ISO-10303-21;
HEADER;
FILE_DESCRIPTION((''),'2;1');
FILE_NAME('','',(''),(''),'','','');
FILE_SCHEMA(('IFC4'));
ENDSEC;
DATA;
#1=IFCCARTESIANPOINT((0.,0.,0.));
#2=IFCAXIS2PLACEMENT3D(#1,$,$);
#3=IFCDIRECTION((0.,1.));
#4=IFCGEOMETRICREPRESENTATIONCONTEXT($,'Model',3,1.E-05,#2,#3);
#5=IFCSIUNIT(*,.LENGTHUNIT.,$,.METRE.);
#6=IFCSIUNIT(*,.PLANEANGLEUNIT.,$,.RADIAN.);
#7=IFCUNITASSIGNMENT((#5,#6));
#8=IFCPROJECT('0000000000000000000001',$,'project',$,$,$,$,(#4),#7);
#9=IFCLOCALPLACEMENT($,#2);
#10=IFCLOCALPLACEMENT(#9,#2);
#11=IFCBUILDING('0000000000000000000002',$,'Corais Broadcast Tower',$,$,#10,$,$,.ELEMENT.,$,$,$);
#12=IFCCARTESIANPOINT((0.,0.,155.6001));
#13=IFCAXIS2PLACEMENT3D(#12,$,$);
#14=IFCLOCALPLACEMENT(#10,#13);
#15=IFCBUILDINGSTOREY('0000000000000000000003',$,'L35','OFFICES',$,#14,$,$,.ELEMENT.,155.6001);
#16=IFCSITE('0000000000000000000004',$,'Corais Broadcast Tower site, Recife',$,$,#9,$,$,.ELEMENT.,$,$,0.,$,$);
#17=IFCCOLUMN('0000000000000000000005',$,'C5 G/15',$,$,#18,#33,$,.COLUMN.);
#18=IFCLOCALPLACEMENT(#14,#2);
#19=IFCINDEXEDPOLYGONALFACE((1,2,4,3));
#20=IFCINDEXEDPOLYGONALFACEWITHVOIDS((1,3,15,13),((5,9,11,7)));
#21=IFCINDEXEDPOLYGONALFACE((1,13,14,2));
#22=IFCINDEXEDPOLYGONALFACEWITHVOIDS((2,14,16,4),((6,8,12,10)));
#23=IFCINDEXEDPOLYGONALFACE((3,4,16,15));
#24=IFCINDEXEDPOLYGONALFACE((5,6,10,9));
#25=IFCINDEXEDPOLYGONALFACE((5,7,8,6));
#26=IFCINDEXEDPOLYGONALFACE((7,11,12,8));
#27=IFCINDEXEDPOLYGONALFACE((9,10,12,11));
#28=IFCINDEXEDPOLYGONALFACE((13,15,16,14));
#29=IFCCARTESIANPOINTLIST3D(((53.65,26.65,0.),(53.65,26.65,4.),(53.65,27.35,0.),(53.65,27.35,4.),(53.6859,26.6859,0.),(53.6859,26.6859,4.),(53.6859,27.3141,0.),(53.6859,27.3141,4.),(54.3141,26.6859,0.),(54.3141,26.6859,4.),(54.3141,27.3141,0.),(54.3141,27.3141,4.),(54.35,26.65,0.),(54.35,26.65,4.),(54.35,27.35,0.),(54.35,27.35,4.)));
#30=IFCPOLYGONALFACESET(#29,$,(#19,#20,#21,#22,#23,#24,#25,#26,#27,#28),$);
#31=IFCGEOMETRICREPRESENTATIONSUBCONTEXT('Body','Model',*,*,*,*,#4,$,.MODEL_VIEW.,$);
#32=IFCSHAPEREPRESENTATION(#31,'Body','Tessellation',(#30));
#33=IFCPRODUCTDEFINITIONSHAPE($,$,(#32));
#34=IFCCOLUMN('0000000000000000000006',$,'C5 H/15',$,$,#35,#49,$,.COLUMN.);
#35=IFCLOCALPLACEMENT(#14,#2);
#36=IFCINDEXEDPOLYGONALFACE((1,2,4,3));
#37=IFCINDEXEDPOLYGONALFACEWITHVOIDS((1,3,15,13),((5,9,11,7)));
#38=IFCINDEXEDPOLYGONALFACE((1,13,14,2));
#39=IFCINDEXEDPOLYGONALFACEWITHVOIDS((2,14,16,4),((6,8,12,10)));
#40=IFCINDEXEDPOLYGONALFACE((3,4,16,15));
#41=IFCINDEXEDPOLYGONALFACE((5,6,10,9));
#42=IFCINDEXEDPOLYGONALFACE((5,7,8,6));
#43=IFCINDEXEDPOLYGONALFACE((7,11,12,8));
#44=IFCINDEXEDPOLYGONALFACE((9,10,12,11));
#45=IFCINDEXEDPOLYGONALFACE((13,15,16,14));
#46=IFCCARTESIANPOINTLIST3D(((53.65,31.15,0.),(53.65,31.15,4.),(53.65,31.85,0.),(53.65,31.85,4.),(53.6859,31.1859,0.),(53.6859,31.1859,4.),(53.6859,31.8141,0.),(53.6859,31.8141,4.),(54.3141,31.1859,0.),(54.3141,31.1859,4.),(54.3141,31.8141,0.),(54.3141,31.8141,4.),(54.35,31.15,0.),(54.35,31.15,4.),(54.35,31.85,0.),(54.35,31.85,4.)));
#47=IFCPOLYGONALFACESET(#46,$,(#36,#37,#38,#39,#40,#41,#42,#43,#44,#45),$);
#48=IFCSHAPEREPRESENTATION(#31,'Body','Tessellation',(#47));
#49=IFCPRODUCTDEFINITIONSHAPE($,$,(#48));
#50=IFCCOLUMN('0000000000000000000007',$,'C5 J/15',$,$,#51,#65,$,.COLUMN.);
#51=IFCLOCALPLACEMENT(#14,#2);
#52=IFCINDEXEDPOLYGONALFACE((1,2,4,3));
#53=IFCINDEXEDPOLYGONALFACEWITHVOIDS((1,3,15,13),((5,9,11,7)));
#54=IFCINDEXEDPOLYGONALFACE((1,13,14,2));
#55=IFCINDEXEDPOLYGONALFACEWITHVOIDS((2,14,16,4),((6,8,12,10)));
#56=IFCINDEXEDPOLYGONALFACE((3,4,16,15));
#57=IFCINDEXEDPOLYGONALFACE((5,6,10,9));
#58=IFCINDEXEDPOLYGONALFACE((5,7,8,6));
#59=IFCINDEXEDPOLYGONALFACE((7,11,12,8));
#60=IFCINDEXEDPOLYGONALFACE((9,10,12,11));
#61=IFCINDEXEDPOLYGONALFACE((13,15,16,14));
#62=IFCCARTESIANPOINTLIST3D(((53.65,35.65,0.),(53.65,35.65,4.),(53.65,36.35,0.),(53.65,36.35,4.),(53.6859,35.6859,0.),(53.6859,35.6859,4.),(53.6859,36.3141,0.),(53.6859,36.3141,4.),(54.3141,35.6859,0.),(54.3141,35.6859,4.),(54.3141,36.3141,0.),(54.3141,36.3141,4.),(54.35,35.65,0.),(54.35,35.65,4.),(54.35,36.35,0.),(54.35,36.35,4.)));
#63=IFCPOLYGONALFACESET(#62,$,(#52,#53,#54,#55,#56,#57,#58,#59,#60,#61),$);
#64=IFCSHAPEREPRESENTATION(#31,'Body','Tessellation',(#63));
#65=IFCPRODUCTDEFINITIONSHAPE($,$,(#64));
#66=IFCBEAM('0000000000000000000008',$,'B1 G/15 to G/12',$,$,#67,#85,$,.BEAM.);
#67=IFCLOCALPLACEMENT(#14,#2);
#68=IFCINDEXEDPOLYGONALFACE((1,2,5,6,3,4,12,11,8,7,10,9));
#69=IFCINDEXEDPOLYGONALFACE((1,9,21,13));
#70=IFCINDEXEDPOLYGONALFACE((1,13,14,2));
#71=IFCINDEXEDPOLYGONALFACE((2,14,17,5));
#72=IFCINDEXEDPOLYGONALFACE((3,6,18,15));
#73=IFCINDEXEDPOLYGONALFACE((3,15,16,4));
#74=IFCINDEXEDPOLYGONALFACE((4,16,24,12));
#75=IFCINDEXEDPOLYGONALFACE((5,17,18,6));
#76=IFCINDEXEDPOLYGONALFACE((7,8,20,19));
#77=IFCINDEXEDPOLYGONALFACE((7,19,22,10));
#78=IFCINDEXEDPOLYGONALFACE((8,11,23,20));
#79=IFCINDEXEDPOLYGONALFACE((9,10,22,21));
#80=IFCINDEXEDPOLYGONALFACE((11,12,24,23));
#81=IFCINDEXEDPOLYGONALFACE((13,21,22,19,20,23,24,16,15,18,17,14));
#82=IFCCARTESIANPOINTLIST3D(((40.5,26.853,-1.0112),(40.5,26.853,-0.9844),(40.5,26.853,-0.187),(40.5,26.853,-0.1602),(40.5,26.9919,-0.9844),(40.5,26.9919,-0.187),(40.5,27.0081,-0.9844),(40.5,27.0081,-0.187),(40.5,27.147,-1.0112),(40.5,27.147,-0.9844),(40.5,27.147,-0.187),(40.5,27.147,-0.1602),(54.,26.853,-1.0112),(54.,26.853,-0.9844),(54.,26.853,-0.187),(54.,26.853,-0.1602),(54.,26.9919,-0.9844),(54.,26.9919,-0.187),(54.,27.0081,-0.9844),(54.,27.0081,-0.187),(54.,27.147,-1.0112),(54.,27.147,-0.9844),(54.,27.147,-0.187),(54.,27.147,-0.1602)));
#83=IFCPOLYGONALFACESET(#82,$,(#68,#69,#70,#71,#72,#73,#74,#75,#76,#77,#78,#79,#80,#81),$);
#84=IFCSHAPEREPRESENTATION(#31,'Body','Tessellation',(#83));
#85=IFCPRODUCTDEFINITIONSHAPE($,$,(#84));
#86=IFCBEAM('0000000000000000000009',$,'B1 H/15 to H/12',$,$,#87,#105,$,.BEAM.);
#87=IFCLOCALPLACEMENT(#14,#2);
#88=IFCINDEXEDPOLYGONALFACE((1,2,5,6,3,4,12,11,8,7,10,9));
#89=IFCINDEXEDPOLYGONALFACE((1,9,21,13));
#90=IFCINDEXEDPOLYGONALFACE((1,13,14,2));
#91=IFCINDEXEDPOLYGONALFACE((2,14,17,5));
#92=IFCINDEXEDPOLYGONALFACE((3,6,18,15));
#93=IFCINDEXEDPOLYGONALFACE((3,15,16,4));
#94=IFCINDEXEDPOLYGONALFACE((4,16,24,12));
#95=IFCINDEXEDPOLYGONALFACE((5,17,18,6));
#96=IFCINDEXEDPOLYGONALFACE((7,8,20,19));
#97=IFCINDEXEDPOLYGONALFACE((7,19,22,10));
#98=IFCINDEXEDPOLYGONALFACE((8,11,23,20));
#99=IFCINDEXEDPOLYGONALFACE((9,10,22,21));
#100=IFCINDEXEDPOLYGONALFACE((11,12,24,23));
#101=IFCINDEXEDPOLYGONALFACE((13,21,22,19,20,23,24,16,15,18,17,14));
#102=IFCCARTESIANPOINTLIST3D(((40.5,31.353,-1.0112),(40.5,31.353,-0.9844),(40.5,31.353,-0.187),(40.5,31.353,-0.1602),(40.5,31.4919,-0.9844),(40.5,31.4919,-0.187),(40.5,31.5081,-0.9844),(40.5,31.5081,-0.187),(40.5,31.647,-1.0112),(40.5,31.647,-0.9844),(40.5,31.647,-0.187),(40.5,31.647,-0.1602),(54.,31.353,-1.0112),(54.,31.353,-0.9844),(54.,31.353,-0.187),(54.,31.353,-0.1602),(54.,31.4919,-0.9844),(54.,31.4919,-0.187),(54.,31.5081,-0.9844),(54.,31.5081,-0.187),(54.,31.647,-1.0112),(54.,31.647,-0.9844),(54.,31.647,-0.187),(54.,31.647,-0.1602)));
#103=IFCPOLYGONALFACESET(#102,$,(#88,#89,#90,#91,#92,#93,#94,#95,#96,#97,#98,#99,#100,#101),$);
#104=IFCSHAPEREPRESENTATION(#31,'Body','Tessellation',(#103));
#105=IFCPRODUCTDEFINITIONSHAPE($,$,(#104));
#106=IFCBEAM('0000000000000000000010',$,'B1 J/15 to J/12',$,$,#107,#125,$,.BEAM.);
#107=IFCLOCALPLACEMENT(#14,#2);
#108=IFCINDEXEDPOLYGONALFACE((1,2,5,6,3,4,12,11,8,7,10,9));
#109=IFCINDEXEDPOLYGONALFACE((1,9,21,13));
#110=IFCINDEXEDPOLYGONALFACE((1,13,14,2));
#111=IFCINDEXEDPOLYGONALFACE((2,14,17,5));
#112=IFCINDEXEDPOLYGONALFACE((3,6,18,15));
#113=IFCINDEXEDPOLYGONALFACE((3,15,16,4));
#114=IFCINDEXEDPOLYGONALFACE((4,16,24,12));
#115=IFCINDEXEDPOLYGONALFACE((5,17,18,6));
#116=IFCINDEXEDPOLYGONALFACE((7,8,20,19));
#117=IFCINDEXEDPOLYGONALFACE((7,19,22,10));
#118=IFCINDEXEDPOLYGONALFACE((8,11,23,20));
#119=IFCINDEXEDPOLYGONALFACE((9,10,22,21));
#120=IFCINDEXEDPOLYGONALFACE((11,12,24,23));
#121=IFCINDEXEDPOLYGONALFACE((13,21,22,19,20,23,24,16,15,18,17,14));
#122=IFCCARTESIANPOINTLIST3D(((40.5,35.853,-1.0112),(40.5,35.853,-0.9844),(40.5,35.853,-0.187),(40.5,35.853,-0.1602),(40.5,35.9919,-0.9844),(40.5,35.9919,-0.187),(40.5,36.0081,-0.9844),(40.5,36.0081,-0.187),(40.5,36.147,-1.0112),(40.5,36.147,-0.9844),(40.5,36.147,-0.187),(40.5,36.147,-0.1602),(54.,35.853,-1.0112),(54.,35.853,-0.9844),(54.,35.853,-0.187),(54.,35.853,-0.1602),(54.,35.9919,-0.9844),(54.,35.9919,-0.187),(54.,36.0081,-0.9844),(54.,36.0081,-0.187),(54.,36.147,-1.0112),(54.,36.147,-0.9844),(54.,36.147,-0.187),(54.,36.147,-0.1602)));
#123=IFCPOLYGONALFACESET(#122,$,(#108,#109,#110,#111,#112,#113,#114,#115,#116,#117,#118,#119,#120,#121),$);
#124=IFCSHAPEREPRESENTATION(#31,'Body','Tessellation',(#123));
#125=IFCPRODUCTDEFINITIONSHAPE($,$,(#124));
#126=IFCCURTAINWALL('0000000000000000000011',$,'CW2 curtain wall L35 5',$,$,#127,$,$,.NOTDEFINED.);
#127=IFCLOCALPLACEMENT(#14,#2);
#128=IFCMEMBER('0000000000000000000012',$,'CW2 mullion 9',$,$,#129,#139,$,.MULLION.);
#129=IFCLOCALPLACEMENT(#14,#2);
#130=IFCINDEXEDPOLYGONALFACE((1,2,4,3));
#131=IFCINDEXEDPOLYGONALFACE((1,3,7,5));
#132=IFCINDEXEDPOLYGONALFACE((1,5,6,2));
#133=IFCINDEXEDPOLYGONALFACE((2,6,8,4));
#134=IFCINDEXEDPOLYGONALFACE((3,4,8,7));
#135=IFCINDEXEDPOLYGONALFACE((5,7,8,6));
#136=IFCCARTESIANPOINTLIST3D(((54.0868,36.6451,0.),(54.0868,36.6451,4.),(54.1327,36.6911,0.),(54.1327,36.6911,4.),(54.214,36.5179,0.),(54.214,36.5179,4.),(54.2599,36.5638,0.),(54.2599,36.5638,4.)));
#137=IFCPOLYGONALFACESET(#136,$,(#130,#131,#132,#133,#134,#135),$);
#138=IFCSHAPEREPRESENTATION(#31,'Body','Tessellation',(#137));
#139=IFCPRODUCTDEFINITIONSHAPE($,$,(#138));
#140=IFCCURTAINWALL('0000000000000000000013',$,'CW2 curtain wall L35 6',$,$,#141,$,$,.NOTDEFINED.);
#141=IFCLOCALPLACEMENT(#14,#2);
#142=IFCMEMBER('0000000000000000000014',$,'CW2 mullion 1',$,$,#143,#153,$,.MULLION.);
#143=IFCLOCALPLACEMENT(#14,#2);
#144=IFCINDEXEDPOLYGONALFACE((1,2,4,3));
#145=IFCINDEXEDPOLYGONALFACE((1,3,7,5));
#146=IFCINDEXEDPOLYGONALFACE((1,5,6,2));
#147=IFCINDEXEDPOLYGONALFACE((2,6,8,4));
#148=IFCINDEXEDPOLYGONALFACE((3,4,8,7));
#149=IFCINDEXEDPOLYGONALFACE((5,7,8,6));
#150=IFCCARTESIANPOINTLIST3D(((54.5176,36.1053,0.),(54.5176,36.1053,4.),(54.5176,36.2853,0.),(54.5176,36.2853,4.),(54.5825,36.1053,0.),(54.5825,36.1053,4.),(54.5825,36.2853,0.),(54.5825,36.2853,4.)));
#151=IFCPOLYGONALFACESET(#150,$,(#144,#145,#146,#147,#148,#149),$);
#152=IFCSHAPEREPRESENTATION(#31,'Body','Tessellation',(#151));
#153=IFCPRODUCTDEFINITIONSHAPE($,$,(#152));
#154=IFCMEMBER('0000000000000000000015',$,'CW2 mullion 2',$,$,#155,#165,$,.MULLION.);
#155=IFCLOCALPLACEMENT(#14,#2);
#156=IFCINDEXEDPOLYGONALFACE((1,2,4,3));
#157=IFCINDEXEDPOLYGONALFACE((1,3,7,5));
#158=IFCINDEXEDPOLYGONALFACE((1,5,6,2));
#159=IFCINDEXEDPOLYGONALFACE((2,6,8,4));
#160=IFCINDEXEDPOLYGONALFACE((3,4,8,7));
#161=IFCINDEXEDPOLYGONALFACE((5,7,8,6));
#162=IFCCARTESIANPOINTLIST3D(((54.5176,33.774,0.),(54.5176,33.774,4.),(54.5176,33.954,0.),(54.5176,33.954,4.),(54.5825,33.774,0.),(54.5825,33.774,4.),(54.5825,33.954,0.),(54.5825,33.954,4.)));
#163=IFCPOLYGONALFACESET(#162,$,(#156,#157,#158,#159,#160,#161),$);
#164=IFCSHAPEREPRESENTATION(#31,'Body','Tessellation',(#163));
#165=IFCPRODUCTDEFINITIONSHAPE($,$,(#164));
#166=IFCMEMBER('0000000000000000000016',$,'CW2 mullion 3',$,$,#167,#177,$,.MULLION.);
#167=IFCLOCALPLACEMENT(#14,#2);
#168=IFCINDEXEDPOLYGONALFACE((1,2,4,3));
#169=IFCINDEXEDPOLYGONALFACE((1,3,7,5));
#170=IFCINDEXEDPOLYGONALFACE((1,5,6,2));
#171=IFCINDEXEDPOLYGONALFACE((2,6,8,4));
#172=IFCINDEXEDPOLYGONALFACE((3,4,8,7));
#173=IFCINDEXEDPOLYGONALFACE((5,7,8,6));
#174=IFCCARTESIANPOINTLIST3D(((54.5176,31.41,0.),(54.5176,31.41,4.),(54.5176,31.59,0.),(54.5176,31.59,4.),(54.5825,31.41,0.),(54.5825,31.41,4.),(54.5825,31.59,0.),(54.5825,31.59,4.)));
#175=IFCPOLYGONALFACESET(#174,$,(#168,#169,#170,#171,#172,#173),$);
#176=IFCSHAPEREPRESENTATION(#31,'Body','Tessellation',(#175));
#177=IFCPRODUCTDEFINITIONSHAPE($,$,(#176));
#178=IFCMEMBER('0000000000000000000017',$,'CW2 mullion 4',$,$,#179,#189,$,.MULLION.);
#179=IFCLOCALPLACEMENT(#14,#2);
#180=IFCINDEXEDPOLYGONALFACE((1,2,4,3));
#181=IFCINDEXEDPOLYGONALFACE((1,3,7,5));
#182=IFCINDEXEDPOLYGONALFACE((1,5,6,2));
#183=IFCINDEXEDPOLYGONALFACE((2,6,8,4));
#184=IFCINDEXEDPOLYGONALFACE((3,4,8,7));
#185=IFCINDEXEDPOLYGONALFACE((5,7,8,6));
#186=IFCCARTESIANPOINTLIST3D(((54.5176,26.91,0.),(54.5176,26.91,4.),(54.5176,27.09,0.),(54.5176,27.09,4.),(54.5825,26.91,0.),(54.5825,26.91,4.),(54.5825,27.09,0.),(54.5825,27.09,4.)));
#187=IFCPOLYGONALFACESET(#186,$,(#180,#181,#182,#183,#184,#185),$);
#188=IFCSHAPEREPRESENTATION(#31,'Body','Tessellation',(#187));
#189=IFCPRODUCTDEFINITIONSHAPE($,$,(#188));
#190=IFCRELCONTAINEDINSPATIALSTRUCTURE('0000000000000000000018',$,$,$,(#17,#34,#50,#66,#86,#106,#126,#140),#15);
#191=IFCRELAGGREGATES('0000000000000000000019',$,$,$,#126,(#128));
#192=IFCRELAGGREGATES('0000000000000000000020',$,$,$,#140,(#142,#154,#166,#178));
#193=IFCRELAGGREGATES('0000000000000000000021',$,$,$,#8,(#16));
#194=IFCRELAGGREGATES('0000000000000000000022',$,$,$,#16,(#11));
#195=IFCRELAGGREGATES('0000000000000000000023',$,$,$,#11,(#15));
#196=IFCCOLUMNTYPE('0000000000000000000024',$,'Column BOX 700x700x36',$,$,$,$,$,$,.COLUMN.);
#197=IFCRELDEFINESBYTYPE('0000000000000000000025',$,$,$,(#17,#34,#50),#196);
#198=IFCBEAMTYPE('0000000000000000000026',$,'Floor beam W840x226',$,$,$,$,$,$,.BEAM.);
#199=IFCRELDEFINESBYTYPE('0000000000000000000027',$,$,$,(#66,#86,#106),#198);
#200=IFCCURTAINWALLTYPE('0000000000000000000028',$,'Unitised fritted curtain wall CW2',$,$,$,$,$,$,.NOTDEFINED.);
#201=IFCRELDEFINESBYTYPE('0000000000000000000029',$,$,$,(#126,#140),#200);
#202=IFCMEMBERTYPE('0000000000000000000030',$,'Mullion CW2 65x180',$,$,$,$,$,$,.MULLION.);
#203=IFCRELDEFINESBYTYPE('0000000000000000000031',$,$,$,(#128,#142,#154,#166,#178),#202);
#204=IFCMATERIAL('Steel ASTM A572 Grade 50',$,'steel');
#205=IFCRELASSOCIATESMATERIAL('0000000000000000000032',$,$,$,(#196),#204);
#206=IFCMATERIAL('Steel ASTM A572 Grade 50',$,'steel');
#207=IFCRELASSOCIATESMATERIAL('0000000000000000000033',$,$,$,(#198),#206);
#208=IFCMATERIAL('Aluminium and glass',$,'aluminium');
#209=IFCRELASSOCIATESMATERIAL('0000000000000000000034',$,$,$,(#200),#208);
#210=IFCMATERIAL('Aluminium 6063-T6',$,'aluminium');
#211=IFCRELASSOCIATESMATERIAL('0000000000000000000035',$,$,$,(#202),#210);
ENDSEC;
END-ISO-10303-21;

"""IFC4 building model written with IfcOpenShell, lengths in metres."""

from ifc_helpers import new_model, si_unit, direction, frame, origin, origin_2d, place, context, subcontext, project, spatial, rectangle, hollow_rectangle, i_section, extrude, material, material_profile, profile_set, type_object, element, aggregate, save


model = new_model("IFC4")

# Units and contexts
model_context = context("Model", 3, precision=1e-05, world=origin(), true_north=direction((0.0, 1.0)))
body_context = subcontext(model_context, "Body", "Model", "MODEL_VIEW")
ifc_project = project(units=[si_unit("LENGTHUNIT", "METRE"), si_unit("PLANEANGLEUNIT", "RADIAN")], contexts=[model_context])

# Site, building, storey
site_placement = place(None, origin())
site = spatial("IfcSite", under=ifc_project, at=site_placement, Name="Corais Broadcast Tower site, Recife", CompositionType="ELEMENT", RefElevation=0.0)
building_placement = place(site_placement, origin())
building = spatial("IfcBuilding", under=site, at=building_placement, Name="Corais Broadcast Tower", CompositionType="ELEMENT")
storey_placement = place(building_placement, frame((0.0, 0.0, 155.6001)))
storey = spatial("IfcBuildingStorey", under=building, at=storey_placement, Name="L35", Description="OFFICES", CompositionType="ELEMENT", Elevation=155.6001)

# Columns
ifc_material_1 = material(Name="Steel ASTM A572 Grade 50", Category="steel")
ifc_material_profile_1 = material_profile(ifc_material_1, hollow_rectangle(XDim=0.7, YDim=0.7, WallThickness=0.0359, at=origin_2d()), Name="BOX 700x700x36")
ifc_profile_set_1 = profile_set([ifc_material_profile_1], Name="Steel ASTM A572 Grade 50")
column_type = type_object("IfcColumnType", Name="Column BOX 700x700x36", PredefinedType="COLUMN", material=ifc_profile_set_1)
for number, where, z_axis, x_axis, name in (
    (1, (54.0, 27.0, 0.0), (0.0, 0.0, 1.0), (1.0, 0.0, 0.0), "C5 G/15"),
    (2, (54.0, 31.5, 0.0), (0.0, 0.0, 1.0), (1.0, 0.0, 0.0), "C5 H/15"),
    (3, (54.0, 36.0, 0.0), (0.0, 0.0, 1.0), (1.0, 0.0, 0.0), "C5 J/15"),
):
    element("IfcColumn", number, at=place(storey_placement, frame(where, z_axis=z_axis, x_axis=x_axis)), inside=storey, type_object=column_type, Name=name, PredefinedType="COLUMN", context=body_context, shape_type="SweptSolid", body=[
        extrude(hollow_rectangle(XDim=0.7, YDim=0.7, WallThickness=0.0359, at=origin_2d()), origin(), (0.0, 0.0, 1.0), 4.0),
    ])

# Beams
ifc_material_2 = material(Name="Steel ASTM A572 Grade 50", Category="steel")
ifc_material_profile_2 = material_profile(ifc_material_2, i_section(OverallWidth=0.2939, OverallDepth=0.8511, WebThickness=0.0161, FlangeThickness=0.0269, at=origin_2d()), Name="W840x226")
ifc_profile_set_2 = profile_set([ifc_material_profile_2], Name="Steel ASTM A572 Grade 50")
beam_type_1 = type_object("IfcBeamType", Name="Floor beam W840x226", PredefinedType="BEAM", material=ifc_profile_set_2)
for number, where, z_axis, x_axis, name in (
    (4, (54.0, 27.0, -0.5857), (-1.0, 0.0, 0.0), (0.0, -1.0, 0.0), "B1 G/15 to G/12"),
    (5, (54.0, 31.5, -0.5857), (-1.0, 0.0, 0.0), (0.0, -1.0, 0.0), "B1 H/15 to H/12"),
    (6, (54.0, 36.0, -0.5857), (-1.0, 0.0, 0.0), (0.0, -1.0, 0.0), "B1 J/15 to J/12"),
):
    element("IfcBeam", number, at=place(storey_placement, frame(where, z_axis=z_axis, x_axis=x_axis)), inside=storey, type_object=beam_type_1, Name=name, PredefinedType="BEAM", context=body_context, shape_type="SweptSolid", body=[
        extrude(i_section(OverallWidth=0.2939, OverallDepth=0.8511, WebThickness=0.0161, FlangeThickness=0.0269, at=origin_2d()), origin(), (0.0, 0.0, 1.0), 13.5),
    ])

# Curtain wall, member
ifc_material_3 = material(Name="Aluminium and glass", Category="aluminium")
curtain_wall_type = type_object("IfcCurtainWallType", Name="Unitised fritted curtain wall CW2", PredefinedType="NOTDEFINED", material=ifc_material_3)
curtain_wall_1_placement = place(storey_placement, origin())
curtain_wall_1 = element("IfcCurtainWall", 7, at=curtain_wall_1_placement, inside=storey, type_object=curtain_wall_type, Name="CW2 curtain wall L35 5", PredefinedType="NOTDEFINED")
ifc_material_4 = material(Name="Aluminium 6063-T6", Category="aluminium")
ifc_material_profile_3 = material_profile(ifc_material_4, rectangle(XDim=0.0649, YDim=0.1799, at=origin_2d()), Name="Mullion CW2 65x180")
ifc_profile_set_3 = profile_set([ifc_material_profile_3], Name="Aluminium 6063-T6")
member_type_1 = type_object("IfcMemberType", Name="Mullion CW2 65x180", PredefinedType="MULLION", material=ifc_profile_set_3)
member_1_placement = place(storey_placement, frame((54.1733, 36.6045, 0.0), z_axis=(0.0, 0.0, 1.0), x_axis=(0.707107, 0.707107, 0.0)))
member_1 = element("IfcMember", 8, at=member_1_placement, type_object=member_type_1, Name="CW2 mullion 9", PredefinedType="MULLION", context=body_context, shape_type="SweptSolid", body=[
    extrude(rectangle(XDim=0.0649, YDim=0.1799, at=origin_2d()), origin(), (0.0, 0.0, 1.0), 4.0),
])

# Curtain wall, members
curtain_wall_2_placement = place(storey_placement, origin())
curtain_wall_2 = element("IfcCurtainWall", 9, at=curtain_wall_2_placement, inside=storey, type_object=curtain_wall_type, Name="CW2 curtain wall L35 6", PredefinedType="NOTDEFINED")
member_2_placement = place(storey_placement, frame((54.55, 36.1953, 0.0), z_axis=(0.0, 0.0, 1.0), x_axis=(1.0, 0.0, 0.0)))
member_2 = element("IfcMember", 10, at=member_2_placement, type_object=member_type_1, Name="CW2 mullion 1", PredefinedType="MULLION", context=body_context, shape_type="SweptSolid", body=[
    extrude(rectangle(XDim=0.0649, YDim=0.1799, at=origin_2d()), origin(), (0.0, 0.0, 1.0), 4.0),
])
member_3_placement = place(storey_placement, frame((54.55, 33.864, 0.0), z_axis=(0.0, 0.0, 1.0), x_axis=(1.0, 0.0, 0.0)))
member_3 = element("IfcMember", 11, at=member_3_placement, type_object=member_type_1, Name="CW2 mullion 2", PredefinedType="MULLION", context=body_context, shape_type="SweptSolid", body=[
    extrude(rectangle(XDim=0.0649, YDim=0.1799, at=origin_2d()), origin(), (0.0, 0.0, 1.0), 4.0),
])
member_4_placement = place(storey_placement, frame((54.55, 31.5, 0.0), z_axis=(0.0, 0.0, 1.0), x_axis=(1.0, 0.0, 0.0)))
member_4 = element("IfcMember", 12, at=member_4_placement, type_object=member_type_1, Name="CW2 mullion 3", PredefinedType="MULLION", context=body_context, shape_type="SweptSolid", body=[
    extrude(rectangle(XDim=0.0649, YDim=0.1799, at=origin_2d()), origin(), (0.0, 0.0, 1.0), 4.0),
])
member_5_placement = place(storey_placement, frame((54.55, 27.0, 0.0), z_axis=(0.0, 0.0, 1.0), x_axis=(1.0, 0.0, 0.0)))
member_5 = element("IfcMember", 13, at=member_5_placement, type_object=member_type_1, Name="CW2 mullion 4", PredefinedType="MULLION", context=body_context, shape_type="SweptSolid", body=[
    extrude(rectangle(XDim=0.0649, YDim=0.1799, at=origin_2d()), origin(), (0.0, 0.0, 1.0), 4.0),
])

aggregate(curtain_wall_1, [member_1])
aggregate(curtain_wall_2, [member_2, member_3, member_4, member_5])

save(model, "model.ifc")
